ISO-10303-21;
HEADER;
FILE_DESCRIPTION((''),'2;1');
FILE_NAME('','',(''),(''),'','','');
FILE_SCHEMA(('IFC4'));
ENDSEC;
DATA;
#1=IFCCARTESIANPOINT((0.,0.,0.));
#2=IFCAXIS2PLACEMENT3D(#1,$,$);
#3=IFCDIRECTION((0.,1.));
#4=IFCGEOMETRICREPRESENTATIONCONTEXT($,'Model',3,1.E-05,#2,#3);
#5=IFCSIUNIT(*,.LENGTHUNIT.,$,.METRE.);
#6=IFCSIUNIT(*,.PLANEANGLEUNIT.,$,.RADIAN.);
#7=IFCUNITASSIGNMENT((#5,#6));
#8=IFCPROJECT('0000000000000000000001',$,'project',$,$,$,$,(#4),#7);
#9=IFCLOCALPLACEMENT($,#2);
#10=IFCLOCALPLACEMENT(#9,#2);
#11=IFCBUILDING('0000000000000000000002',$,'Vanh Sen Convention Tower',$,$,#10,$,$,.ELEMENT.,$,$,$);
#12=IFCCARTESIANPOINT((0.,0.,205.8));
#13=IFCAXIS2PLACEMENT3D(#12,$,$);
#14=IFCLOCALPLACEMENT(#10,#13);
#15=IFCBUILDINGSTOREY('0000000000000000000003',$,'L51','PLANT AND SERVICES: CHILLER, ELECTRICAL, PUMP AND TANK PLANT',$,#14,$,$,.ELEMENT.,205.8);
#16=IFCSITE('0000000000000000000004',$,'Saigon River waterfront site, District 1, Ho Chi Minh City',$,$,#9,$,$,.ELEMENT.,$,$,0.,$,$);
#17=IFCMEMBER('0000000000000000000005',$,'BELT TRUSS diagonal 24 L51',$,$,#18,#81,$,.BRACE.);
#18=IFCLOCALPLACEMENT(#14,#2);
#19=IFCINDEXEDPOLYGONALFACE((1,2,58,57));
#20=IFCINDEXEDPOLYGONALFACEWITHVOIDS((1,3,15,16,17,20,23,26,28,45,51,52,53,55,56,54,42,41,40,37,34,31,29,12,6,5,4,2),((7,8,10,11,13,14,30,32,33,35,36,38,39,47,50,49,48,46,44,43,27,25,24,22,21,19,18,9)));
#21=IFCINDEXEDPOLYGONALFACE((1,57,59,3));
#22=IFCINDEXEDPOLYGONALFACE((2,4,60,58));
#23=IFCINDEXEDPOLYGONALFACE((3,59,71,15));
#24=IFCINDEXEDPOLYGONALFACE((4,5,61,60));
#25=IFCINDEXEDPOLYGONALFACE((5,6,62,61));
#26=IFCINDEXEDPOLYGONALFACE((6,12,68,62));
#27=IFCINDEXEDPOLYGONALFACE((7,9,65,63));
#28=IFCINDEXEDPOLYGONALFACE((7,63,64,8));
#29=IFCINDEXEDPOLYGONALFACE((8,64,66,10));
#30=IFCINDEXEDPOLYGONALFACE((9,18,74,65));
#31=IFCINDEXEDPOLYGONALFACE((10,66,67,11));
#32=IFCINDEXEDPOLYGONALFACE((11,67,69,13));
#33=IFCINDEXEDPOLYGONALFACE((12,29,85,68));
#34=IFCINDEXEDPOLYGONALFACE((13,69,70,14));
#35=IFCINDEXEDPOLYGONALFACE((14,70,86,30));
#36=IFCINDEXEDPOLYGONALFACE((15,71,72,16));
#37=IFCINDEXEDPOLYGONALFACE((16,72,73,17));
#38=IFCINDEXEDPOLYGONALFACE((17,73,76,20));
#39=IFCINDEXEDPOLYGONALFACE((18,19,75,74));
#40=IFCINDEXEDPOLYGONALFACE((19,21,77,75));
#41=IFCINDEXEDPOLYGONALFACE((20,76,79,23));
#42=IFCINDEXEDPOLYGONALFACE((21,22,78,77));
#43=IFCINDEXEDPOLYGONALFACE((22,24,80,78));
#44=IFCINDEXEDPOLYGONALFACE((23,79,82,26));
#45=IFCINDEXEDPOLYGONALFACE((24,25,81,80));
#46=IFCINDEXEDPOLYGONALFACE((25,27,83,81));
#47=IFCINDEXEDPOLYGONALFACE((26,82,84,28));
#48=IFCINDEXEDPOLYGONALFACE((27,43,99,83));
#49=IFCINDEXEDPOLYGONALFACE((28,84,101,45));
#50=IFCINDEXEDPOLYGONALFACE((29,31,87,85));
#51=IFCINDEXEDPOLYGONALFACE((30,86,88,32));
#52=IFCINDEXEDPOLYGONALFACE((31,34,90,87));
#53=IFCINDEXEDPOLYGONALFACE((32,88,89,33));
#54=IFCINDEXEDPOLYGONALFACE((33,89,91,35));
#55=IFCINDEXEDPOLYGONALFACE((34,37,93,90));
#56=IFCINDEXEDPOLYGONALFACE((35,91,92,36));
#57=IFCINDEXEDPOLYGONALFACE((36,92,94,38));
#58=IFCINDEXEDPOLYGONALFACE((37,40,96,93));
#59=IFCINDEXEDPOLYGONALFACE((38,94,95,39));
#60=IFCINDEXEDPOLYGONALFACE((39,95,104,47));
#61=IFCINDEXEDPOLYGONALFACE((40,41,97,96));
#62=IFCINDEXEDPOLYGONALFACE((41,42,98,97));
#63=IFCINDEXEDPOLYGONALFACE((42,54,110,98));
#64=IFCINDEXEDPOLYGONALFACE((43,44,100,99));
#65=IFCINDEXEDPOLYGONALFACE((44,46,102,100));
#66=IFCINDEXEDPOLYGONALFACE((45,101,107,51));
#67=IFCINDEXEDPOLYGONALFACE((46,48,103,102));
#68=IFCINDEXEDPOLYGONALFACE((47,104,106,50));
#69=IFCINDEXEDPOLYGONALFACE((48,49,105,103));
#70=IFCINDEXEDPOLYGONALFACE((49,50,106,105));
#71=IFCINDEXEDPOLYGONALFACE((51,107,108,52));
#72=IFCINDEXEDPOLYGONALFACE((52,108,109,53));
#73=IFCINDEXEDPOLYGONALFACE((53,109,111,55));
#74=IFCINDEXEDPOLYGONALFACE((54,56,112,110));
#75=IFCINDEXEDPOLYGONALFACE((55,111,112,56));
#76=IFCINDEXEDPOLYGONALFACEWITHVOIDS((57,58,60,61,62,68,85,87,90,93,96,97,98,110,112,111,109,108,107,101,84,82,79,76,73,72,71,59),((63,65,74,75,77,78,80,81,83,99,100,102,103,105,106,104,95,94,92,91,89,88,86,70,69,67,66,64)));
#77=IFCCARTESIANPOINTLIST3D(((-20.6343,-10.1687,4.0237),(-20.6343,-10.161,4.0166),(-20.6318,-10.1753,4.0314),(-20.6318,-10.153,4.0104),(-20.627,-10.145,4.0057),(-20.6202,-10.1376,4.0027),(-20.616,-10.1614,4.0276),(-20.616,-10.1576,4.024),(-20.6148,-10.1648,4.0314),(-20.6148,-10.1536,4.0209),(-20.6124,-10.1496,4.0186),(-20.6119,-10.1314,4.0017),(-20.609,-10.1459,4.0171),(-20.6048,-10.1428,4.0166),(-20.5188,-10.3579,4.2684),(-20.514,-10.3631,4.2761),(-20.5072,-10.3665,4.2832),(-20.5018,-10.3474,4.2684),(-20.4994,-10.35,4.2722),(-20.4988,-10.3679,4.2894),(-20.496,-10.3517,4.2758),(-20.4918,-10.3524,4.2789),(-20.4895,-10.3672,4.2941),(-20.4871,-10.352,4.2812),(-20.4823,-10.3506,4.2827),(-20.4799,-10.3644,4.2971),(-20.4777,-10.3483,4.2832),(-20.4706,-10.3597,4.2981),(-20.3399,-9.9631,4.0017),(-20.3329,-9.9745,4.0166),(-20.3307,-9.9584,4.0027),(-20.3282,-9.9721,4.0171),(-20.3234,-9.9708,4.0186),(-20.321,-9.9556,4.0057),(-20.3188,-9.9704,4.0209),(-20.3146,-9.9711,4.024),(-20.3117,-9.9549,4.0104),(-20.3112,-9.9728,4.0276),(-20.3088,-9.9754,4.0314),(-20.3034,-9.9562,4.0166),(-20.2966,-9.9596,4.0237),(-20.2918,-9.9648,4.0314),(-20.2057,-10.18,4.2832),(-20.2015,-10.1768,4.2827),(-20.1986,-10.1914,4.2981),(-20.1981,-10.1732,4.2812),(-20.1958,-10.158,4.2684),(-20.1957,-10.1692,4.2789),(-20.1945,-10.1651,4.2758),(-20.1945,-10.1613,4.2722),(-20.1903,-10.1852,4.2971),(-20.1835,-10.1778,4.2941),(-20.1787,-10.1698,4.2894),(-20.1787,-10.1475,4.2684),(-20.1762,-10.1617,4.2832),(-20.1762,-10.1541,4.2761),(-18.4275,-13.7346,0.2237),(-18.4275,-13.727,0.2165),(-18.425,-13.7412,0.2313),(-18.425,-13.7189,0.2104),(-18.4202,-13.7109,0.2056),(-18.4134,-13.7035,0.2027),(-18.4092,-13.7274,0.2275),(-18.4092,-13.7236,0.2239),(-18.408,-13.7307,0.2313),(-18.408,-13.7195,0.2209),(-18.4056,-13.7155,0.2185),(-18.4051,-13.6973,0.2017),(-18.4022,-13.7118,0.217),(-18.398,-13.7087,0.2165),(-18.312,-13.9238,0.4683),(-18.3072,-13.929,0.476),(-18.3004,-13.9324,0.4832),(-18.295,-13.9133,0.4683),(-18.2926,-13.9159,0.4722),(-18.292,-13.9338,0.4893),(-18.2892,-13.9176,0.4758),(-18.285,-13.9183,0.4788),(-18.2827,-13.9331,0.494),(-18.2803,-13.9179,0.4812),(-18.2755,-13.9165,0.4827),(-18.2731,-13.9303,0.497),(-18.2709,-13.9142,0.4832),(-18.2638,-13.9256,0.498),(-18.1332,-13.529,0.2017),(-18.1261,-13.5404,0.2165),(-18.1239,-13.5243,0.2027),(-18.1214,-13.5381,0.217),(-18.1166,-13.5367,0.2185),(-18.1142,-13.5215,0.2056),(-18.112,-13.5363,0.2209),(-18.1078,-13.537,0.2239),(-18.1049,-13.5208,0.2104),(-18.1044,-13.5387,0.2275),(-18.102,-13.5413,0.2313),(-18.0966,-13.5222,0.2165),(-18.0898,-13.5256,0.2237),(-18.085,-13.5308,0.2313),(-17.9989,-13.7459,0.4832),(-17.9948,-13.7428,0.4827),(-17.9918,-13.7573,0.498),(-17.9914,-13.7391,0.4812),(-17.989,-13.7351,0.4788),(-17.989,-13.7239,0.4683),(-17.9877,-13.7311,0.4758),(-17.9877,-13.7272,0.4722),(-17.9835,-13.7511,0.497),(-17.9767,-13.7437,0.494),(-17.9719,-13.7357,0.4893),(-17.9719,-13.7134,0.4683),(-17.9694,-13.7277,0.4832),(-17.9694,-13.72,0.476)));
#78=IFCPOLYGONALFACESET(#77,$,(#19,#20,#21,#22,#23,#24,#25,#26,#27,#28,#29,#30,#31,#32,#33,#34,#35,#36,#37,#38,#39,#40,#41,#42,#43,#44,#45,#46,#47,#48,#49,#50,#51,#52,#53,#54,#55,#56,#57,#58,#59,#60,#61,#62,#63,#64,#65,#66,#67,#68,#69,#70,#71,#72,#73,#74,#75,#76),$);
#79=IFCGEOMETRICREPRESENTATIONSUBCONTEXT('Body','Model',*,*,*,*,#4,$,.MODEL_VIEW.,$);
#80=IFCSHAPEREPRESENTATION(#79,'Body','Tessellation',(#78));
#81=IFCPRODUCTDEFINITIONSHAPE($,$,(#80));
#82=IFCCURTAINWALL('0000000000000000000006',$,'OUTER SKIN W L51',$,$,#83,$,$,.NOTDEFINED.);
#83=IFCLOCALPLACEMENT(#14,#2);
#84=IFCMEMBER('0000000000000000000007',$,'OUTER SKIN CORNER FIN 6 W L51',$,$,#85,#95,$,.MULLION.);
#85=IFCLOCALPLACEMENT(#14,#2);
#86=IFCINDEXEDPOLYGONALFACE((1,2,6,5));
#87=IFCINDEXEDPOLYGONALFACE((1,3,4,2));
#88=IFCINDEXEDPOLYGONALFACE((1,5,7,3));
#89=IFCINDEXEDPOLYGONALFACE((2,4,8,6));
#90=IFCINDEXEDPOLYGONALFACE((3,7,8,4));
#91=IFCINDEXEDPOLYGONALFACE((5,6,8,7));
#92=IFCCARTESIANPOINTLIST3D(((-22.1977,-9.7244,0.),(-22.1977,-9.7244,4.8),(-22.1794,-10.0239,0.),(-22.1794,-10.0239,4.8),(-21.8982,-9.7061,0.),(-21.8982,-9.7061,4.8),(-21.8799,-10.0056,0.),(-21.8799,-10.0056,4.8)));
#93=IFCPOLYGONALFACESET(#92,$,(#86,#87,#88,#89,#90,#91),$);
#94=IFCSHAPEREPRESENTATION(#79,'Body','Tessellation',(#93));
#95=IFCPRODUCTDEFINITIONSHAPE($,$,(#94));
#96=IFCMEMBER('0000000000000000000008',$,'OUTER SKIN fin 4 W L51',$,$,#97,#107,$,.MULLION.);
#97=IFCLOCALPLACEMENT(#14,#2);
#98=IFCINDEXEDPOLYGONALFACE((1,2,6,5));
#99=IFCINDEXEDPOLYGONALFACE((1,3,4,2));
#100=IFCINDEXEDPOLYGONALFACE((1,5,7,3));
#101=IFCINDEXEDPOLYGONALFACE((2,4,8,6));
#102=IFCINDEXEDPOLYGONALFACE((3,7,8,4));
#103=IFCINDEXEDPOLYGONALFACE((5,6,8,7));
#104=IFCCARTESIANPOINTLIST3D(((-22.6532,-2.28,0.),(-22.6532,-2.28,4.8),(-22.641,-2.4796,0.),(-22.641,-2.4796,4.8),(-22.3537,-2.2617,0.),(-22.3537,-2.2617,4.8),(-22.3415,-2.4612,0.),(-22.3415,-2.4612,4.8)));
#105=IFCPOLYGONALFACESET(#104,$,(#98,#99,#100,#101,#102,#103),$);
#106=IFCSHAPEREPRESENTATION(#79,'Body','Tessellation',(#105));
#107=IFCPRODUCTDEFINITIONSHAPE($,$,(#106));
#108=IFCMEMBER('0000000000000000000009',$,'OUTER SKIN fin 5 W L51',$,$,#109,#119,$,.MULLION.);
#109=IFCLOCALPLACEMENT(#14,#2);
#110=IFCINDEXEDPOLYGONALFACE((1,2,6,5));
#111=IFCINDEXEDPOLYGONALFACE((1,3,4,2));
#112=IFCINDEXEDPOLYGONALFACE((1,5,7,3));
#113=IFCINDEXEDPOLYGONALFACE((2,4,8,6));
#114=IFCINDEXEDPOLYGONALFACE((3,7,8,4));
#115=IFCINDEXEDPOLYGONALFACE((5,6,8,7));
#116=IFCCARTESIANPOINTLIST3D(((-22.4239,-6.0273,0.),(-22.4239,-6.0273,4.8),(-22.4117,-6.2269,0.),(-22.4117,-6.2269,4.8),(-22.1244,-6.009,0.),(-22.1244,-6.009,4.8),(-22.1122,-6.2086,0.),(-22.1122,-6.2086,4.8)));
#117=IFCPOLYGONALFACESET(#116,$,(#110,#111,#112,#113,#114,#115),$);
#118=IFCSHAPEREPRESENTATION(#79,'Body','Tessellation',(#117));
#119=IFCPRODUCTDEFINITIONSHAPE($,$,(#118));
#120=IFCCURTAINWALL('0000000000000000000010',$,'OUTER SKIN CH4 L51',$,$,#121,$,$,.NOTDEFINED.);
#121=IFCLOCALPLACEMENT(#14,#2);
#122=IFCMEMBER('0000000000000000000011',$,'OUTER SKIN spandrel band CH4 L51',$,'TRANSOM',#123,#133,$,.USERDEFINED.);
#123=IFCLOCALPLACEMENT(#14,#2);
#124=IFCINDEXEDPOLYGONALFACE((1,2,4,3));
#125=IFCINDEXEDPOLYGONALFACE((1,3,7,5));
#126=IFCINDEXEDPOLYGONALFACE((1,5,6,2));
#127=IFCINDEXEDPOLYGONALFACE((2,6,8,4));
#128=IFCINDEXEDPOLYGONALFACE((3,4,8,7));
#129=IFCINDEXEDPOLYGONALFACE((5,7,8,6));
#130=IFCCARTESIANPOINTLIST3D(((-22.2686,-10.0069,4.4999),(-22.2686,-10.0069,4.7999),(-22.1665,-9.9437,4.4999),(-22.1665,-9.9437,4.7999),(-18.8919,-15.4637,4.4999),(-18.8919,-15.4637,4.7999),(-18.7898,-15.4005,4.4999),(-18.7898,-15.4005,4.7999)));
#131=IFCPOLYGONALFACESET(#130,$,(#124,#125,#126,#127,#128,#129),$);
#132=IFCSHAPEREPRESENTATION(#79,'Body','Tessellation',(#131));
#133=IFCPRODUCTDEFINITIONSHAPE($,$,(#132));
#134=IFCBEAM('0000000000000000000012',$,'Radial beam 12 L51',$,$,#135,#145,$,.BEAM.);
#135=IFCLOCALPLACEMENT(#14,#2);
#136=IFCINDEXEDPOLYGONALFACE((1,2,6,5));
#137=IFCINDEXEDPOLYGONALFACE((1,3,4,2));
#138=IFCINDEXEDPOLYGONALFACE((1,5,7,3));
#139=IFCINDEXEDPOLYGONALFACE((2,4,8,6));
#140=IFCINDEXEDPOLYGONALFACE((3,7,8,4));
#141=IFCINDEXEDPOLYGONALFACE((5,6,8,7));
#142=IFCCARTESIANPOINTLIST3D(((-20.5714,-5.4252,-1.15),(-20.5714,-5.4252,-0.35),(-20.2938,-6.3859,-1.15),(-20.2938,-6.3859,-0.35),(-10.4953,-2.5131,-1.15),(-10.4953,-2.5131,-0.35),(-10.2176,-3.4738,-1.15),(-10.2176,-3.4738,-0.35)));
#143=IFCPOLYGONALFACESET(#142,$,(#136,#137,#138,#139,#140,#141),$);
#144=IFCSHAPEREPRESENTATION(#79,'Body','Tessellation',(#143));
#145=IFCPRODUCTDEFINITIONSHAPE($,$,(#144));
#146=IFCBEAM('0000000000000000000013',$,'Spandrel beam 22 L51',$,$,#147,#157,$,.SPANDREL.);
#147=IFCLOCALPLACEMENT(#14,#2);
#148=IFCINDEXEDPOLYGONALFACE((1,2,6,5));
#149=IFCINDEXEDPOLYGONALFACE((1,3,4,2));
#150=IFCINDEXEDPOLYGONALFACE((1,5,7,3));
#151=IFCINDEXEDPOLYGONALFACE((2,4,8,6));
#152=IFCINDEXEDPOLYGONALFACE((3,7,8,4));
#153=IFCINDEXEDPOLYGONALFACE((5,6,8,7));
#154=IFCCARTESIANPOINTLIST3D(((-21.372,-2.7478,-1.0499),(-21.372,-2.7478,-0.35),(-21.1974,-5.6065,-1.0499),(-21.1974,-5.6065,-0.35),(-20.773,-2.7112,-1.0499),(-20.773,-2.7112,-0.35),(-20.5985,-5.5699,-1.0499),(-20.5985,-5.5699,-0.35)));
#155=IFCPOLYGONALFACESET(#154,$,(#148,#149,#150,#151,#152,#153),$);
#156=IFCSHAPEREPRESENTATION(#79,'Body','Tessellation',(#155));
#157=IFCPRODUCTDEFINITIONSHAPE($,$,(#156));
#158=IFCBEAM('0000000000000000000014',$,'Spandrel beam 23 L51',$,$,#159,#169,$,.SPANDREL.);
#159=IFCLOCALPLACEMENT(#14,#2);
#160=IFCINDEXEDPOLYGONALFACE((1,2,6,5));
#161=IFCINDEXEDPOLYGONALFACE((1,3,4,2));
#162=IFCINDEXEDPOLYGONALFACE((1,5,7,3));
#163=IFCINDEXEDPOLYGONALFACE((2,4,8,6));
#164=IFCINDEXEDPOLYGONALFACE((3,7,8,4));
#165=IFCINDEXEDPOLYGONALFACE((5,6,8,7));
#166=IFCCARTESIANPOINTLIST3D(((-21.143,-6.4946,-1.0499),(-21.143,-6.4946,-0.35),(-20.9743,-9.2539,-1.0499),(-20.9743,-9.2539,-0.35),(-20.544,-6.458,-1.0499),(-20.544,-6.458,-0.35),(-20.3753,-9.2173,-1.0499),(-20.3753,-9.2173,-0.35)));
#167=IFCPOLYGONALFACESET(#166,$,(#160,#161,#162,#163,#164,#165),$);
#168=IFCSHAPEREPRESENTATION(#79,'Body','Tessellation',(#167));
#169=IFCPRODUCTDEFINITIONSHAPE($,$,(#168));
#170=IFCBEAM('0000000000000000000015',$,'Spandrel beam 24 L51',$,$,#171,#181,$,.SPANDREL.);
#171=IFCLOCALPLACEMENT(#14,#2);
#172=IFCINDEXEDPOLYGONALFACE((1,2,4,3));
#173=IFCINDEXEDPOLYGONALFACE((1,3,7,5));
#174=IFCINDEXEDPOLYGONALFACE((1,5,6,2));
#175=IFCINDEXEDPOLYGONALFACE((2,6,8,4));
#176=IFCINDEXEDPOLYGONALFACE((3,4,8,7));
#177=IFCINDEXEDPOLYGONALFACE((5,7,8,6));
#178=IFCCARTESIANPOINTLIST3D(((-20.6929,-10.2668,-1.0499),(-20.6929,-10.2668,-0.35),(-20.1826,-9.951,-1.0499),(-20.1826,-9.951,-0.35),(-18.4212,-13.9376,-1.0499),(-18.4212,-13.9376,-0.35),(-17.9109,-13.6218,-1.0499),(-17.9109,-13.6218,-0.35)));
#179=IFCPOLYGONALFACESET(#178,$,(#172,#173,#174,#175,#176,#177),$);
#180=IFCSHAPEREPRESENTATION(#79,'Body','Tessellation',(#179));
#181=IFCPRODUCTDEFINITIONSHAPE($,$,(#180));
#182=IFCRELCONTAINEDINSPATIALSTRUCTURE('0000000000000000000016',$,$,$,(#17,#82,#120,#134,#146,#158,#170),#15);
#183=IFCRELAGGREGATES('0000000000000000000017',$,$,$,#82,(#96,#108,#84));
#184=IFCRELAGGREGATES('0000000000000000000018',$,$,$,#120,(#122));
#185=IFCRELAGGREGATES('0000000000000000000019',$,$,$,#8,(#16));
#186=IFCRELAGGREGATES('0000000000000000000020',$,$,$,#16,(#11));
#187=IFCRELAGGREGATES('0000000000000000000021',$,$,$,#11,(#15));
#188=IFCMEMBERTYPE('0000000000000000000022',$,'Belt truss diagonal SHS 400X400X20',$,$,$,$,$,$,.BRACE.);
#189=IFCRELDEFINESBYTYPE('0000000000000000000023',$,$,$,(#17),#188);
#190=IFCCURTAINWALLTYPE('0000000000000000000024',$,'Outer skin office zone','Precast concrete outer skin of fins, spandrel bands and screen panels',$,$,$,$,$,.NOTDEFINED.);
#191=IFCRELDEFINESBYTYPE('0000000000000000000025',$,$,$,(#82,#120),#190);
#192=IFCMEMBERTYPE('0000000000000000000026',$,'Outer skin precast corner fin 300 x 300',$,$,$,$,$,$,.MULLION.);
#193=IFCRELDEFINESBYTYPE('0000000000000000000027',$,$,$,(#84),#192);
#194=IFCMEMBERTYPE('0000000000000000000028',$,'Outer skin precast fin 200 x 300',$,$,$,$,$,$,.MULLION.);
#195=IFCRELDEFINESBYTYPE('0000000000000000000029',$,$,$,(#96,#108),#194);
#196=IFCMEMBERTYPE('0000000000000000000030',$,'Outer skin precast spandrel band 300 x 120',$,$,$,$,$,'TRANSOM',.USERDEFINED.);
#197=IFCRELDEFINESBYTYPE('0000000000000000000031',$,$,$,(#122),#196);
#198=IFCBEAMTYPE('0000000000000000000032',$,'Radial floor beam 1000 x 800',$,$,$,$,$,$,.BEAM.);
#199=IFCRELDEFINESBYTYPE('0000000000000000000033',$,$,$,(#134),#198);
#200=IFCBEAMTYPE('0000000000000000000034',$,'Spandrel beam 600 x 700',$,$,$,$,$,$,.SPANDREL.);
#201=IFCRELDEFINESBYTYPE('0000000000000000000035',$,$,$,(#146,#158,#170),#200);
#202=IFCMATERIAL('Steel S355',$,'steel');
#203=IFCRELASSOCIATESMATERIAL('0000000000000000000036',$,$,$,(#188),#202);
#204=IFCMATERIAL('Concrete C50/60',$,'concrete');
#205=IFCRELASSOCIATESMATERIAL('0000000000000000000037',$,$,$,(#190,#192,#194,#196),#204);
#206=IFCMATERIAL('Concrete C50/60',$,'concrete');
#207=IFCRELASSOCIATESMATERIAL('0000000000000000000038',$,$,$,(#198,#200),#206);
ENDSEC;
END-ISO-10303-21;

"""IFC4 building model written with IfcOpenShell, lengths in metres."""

from ifc_helpers import new_model, si_unit, direction, frame, origin, origin_2d, place, context, subcontext, project, spatial, rectangle, hollow_rectangle, extrude, material, material_profile, profile_set, type_object, element, aggregate, save


model = new_model("IFC4")

# Units and contexts
model_context = context("Model", 3, precision=1e-05, world=origin(), true_north=direction((0.0, 1.0)))
body_context = subcontext(model_context, "Body", "Model", "MODEL_VIEW")
ifc_project = project(units=[si_unit("LENGTHUNIT", "METRE"), si_unit("PLANEANGLEUNIT", "RADIAN")], contexts=[model_context])

# Site, building, storey
site_placement = place(None, origin())
site = spatial("IfcSite", under=ifc_project, at=site_placement, Name="Saigon River waterfront site, District 1, Ho Chi Minh City", CompositionType="ELEMENT", RefElevation=0.0)
building_placement = place(site_placement, origin())
building = spatial("IfcBuilding", under=site, at=building_placement, Name="Vanh Sen Convention Tower", CompositionType="ELEMENT")
storey_placement = place(building_placement, frame((0.0, 0.0, 205.8)))
storey = spatial("IfcBuildingStorey", under=building, at=storey_placement, Name="L51", Description="PLANT AND SERVICES: CHILLER, ELECTRICAL, PUMP AND TANK PLANT", CompositionType="ELEMENT", Elevation=205.8)

# Member
ifc_material_1 = material(Name="Steel S355", Category="steel")
ifc_material_profile_1 = material_profile(ifc_material_1, hollow_rectangle(XDim=0.3999, YDim=0.3999, WallThickness=0.02, InnerFilletRadius=0.02, OuterFilletRadius=0.04, at=origin_2d()), Name="SHS 400X400X20")
ifc_profile_set_1 = profile_set([ifc_material_profile_1], Name="Steel S355")
member_type_1 = type_object("IfcMemberType", Name="Belt truss diagonal SHS 400X400X20", PredefinedType="BRACE", material=ifc_profile_set_1)
member_1_placement = place(storey_placement, frame((-20.4053, -10.1614, 4.1499), z_axis=(0.38995, -0.630115, -0.671487), x_axis=(0.850338, 0.526236, 0.0)))
element("IfcMember", 1, at=member_1_placement, inside=storey, type_object=member_type_1, Name="BELT TRUSS diagonal 24 L51", PredefinedType="BRACE", context=body_context, shape_type="SweptSolid", body=[
    extrude(hollow_rectangle(XDim=0.3999, YDim=0.3999, WallThickness=0.02, InnerFilletRadius=0.02, OuterFilletRadius=0.04, at=origin_2d()), origin(), (0.0, 0.0, 1.0), 5.6592),
])

# Curtain wall, members
ifc_material_2 = material(Name="Concrete C50/60", Category="concrete")
curtain_wall_type = type_object("IfcCurtainWallType", Name="Outer skin office zone", Description="Precast concrete outer skin of fins, spandrel bands and screen panels", PredefinedType="NOTDEFINED", material=ifc_material_2)
curtain_wall_1_placement = place(storey_placement, origin())
curtain_wall_1 = element("IfcCurtainWall", 2, at=curtain_wall_1_placement, inside=storey, type_object=curtain_wall_type, Name="OUTER SKIN W L51", PredefinedType="NOTDEFINED")
ifc_material_profile_2 = material_profile(ifc_material_2, rectangle(XDim=0.3, YDim=0.3, at=origin_2d()), Name="Outer skin precast corner fin 300 x 300")
ifc_profile_set_2 = profile_set([ifc_material_profile_2], Name="Concrete C50/60")
member_type_2 = type_object("IfcMemberType", Name="Outer skin precast corner fin 300 x 300", PredefinedType="MULLION", material=ifc_profile_set_2)
member_2_placement = place(storey_placement, frame((-22.0388, -9.865, 0.0), z_axis=(0.0, 0.0, 1.0), x_axis=(0.061049, -0.998135, 0.0)))
member_2 = element("IfcMember", 3, at=member_2_placement, type_object=member_type_2, Name="OUTER SKIN CORNER FIN 6 W L51", PredefinedType="MULLION", context=body_context, shape_type="SweptSolid", body=[
    extrude(rectangle(XDim=0.3, YDim=0.3, at=origin_2d()), origin(), (0.0, 0.0, 1.0), 4.8),
])
ifc_material_profile_3 = material_profile(ifc_material_2, rectangle(XDim=0.2, YDim=0.3, at=origin_2d()), Name="Outer skin precast fin 200 x 300")
ifc_profile_set_3 = profile_set([ifc_material_profile_3], Name="Concrete C50/60")
member_type_3 = type_object("IfcMemberType", Name="Outer skin precast fin 200 x 300", PredefinedType="MULLION", material=ifc_profile_set_3)
member_3_placement = place(storey_placement, frame((-22.4973, -2.3706, 0.0), z_axis=(0.0, 0.0, 1.0), x_axis=(0.061049, -0.998135, 0.0)))
member_3 = element("IfcMember", 4, at=member_3_placement, type_object=member_type_3, Name="OUTER SKIN fin 4 W L51", PredefinedType="MULLION", context=body_context, shape_type="SweptSolid", body=[
    extrude(rectangle(XDim=0.2, YDim=0.3, at=origin_2d()), origin(), (0.0, 0.0, 1.0), 4.8),
])
member_4_placement = place(storey_placement, frame((-22.2681, -6.1179, 0.0), z_axis=(0.0, 0.0, 1.0), x_axis=(0.061049, -0.998135, 0.0)))
member_4 = element("IfcMember", 5, at=member_4_placement, type_object=member_type_3, Name="OUTER SKIN fin 5 W L51", PredefinedType="MULLION", context=body_context, shape_type="SweptSolid", body=[
    extrude(rectangle(XDim=0.2, YDim=0.3, at=origin_2d()), origin(), (0.0, 0.0, 1.0), 4.8),
])

# Curtain wall, member
curtain_wall_2_placement = place(storey_placement, origin())
curtain_wall_2 = element("IfcCurtainWall", 6, at=curtain_wall_2_placement, inside=storey, type_object=curtain_wall_type, Name="OUTER SKIN CH4 L51", PredefinedType="NOTDEFINED")
ifc_material_profile_4 = material_profile(ifc_material_2, rectangle(XDim=0.1201, YDim=0.3, at=origin_2d()), Name="Outer skin precast spandrel band 300 x 120")
ifc_profile_set_4 = profile_set([ifc_material_profile_4], Name="Concrete C50/60")
member_type_4 = type_object("IfcMemberType", Name="Outer skin precast spandrel band 300 x 120", ElementType="TRANSOM", PredefinedType="USERDEFINED", material=ifc_profile_set_4)
member_5_placement = place(storey_placement, frame((-22.2175, -9.9753, 4.6499), z_axis=(0.526208, -0.850356, 0.0), x_axis=(0.850356, 0.526208, 0.0)))
member_5 = element("IfcMember", 7, at=member_5_placement, type_object=member_type_4, Name="OUTER SKIN spandrel band CH4 L51", ObjectType="TRANSOM", PredefinedType="USERDEFINED", context=body_context, shape_type="SweptSolid", body=[
    extrude(rectangle(XDim=0.1201, YDim=0.3, at=origin_2d()), origin(), (0.0, 0.0, 1.0), 6.417),
])

# Beams
ifc_material_3 = material(Name="Concrete C50/60", Category="concrete")
ifc_material_profile_5 = material_profile(ifc_material_3, rectangle(XDim=1.0, YDim=0.8, at=origin_2d()), Name="RC 1000X800")
ifc_profile_set_5 = profile_set([ifc_material_profile_5], Name="Concrete C50/60")
beam_type_1 = type_object("IfcBeamType", Name="Radial floor beam 1000 x 800", PredefinedType="BEAM", material=ifc_profile_set_5)
beam_1_placement = place(storey_placement, frame((-20.4326, -5.9055, -0.75), z_axis=(0.960683, 0.277647, 0.0), x_axis=(-0.277647, 0.960683, 0.0)))
element("IfcBeam", 8, at=beam_1_placement, inside=storey, type_object=beam_type_1, Name="Radial beam 12 L51", PredefinedType="BEAM", context=body_context, shape_type="SweptSolid", body=[
    extrude(rectangle(XDim=1.0, YDim=0.8, at=origin_2d()), origin(), (0.0, 0.0, 1.0), 10.4885),
])
ifc_material_profile_6 = material_profile(ifc_material_3, rectangle(XDim=0.6001, YDim=0.7, at=origin_2d()), Name="RC 600X700")
ifc_profile_set_6 = profile_set([ifc_material_profile_6], Name="Concrete C50/60")
beam_type_2 = type_object("IfcBeamType", Name="Spandrel beam 600 x 700", PredefinedType="SPANDREL", material=ifc_profile_set_6)
beam_2_placement = place(storey_placement, frame((-21.0725, -2.7295, -0.7), z_axis=(0.060951, -0.998141, 0.0), x_axis=(0.998141, 0.060951, 0.0)))
element("IfcBeam", 9, at=beam_2_placement, inside=storey, type_object=beam_type_2, Name="Spandrel beam 22 L51", PredefinedType="SPANDREL", context=body_context, shape_type="SweptSolid", body=[
    extrude(rectangle(XDim=0.6001, YDim=0.7, at=origin_2d()), origin(), (0.0, 0.0, 1.0), 2.864),
])
beam_3_placement = place(storey_placement, frame((-20.8435, -6.4763, -0.7), z_axis=(0.061026, -0.998136, 0.0), x_axis=(0.998136, 0.061026, 0.0)))
element("IfcBeam", 10, at=beam_3_placement, inside=storey, type_object=beam_type_2, Name="Spandrel beam 23 L51", PredefinedType="SPANDREL", context=body_context, shape_type="SweptSolid", body=[
    extrude(rectangle(XDim=0.6001, YDim=0.7, at=origin_2d()), origin(), (0.0, 0.0, 1.0), 2.7644),
])
beam_4_placement = place(storey_placement, frame((-20.4377, -10.1089, -0.7), z_axis=(0.526232, -0.850341, 0.0), x_axis=(0.850341, 0.526232, 0.0)))
element("IfcBeam", 11, at=beam_4_placement, inside=storey, type_object=beam_type_2, Name="Spandrel beam 24 L51", PredefinedType="SPANDREL", context=body_context, shape_type="SweptSolid", body=[
    extrude(rectangle(XDim=0.6001, YDim=0.7, at=origin_2d()), origin(), (0.0, 0.0, 1.0), 4.3169),
])

aggregate(curtain_wall_1, [member_3, member_4, member_2])
aggregate(curtain_wall_2, [member_5])

save(model, "model.ifc")
